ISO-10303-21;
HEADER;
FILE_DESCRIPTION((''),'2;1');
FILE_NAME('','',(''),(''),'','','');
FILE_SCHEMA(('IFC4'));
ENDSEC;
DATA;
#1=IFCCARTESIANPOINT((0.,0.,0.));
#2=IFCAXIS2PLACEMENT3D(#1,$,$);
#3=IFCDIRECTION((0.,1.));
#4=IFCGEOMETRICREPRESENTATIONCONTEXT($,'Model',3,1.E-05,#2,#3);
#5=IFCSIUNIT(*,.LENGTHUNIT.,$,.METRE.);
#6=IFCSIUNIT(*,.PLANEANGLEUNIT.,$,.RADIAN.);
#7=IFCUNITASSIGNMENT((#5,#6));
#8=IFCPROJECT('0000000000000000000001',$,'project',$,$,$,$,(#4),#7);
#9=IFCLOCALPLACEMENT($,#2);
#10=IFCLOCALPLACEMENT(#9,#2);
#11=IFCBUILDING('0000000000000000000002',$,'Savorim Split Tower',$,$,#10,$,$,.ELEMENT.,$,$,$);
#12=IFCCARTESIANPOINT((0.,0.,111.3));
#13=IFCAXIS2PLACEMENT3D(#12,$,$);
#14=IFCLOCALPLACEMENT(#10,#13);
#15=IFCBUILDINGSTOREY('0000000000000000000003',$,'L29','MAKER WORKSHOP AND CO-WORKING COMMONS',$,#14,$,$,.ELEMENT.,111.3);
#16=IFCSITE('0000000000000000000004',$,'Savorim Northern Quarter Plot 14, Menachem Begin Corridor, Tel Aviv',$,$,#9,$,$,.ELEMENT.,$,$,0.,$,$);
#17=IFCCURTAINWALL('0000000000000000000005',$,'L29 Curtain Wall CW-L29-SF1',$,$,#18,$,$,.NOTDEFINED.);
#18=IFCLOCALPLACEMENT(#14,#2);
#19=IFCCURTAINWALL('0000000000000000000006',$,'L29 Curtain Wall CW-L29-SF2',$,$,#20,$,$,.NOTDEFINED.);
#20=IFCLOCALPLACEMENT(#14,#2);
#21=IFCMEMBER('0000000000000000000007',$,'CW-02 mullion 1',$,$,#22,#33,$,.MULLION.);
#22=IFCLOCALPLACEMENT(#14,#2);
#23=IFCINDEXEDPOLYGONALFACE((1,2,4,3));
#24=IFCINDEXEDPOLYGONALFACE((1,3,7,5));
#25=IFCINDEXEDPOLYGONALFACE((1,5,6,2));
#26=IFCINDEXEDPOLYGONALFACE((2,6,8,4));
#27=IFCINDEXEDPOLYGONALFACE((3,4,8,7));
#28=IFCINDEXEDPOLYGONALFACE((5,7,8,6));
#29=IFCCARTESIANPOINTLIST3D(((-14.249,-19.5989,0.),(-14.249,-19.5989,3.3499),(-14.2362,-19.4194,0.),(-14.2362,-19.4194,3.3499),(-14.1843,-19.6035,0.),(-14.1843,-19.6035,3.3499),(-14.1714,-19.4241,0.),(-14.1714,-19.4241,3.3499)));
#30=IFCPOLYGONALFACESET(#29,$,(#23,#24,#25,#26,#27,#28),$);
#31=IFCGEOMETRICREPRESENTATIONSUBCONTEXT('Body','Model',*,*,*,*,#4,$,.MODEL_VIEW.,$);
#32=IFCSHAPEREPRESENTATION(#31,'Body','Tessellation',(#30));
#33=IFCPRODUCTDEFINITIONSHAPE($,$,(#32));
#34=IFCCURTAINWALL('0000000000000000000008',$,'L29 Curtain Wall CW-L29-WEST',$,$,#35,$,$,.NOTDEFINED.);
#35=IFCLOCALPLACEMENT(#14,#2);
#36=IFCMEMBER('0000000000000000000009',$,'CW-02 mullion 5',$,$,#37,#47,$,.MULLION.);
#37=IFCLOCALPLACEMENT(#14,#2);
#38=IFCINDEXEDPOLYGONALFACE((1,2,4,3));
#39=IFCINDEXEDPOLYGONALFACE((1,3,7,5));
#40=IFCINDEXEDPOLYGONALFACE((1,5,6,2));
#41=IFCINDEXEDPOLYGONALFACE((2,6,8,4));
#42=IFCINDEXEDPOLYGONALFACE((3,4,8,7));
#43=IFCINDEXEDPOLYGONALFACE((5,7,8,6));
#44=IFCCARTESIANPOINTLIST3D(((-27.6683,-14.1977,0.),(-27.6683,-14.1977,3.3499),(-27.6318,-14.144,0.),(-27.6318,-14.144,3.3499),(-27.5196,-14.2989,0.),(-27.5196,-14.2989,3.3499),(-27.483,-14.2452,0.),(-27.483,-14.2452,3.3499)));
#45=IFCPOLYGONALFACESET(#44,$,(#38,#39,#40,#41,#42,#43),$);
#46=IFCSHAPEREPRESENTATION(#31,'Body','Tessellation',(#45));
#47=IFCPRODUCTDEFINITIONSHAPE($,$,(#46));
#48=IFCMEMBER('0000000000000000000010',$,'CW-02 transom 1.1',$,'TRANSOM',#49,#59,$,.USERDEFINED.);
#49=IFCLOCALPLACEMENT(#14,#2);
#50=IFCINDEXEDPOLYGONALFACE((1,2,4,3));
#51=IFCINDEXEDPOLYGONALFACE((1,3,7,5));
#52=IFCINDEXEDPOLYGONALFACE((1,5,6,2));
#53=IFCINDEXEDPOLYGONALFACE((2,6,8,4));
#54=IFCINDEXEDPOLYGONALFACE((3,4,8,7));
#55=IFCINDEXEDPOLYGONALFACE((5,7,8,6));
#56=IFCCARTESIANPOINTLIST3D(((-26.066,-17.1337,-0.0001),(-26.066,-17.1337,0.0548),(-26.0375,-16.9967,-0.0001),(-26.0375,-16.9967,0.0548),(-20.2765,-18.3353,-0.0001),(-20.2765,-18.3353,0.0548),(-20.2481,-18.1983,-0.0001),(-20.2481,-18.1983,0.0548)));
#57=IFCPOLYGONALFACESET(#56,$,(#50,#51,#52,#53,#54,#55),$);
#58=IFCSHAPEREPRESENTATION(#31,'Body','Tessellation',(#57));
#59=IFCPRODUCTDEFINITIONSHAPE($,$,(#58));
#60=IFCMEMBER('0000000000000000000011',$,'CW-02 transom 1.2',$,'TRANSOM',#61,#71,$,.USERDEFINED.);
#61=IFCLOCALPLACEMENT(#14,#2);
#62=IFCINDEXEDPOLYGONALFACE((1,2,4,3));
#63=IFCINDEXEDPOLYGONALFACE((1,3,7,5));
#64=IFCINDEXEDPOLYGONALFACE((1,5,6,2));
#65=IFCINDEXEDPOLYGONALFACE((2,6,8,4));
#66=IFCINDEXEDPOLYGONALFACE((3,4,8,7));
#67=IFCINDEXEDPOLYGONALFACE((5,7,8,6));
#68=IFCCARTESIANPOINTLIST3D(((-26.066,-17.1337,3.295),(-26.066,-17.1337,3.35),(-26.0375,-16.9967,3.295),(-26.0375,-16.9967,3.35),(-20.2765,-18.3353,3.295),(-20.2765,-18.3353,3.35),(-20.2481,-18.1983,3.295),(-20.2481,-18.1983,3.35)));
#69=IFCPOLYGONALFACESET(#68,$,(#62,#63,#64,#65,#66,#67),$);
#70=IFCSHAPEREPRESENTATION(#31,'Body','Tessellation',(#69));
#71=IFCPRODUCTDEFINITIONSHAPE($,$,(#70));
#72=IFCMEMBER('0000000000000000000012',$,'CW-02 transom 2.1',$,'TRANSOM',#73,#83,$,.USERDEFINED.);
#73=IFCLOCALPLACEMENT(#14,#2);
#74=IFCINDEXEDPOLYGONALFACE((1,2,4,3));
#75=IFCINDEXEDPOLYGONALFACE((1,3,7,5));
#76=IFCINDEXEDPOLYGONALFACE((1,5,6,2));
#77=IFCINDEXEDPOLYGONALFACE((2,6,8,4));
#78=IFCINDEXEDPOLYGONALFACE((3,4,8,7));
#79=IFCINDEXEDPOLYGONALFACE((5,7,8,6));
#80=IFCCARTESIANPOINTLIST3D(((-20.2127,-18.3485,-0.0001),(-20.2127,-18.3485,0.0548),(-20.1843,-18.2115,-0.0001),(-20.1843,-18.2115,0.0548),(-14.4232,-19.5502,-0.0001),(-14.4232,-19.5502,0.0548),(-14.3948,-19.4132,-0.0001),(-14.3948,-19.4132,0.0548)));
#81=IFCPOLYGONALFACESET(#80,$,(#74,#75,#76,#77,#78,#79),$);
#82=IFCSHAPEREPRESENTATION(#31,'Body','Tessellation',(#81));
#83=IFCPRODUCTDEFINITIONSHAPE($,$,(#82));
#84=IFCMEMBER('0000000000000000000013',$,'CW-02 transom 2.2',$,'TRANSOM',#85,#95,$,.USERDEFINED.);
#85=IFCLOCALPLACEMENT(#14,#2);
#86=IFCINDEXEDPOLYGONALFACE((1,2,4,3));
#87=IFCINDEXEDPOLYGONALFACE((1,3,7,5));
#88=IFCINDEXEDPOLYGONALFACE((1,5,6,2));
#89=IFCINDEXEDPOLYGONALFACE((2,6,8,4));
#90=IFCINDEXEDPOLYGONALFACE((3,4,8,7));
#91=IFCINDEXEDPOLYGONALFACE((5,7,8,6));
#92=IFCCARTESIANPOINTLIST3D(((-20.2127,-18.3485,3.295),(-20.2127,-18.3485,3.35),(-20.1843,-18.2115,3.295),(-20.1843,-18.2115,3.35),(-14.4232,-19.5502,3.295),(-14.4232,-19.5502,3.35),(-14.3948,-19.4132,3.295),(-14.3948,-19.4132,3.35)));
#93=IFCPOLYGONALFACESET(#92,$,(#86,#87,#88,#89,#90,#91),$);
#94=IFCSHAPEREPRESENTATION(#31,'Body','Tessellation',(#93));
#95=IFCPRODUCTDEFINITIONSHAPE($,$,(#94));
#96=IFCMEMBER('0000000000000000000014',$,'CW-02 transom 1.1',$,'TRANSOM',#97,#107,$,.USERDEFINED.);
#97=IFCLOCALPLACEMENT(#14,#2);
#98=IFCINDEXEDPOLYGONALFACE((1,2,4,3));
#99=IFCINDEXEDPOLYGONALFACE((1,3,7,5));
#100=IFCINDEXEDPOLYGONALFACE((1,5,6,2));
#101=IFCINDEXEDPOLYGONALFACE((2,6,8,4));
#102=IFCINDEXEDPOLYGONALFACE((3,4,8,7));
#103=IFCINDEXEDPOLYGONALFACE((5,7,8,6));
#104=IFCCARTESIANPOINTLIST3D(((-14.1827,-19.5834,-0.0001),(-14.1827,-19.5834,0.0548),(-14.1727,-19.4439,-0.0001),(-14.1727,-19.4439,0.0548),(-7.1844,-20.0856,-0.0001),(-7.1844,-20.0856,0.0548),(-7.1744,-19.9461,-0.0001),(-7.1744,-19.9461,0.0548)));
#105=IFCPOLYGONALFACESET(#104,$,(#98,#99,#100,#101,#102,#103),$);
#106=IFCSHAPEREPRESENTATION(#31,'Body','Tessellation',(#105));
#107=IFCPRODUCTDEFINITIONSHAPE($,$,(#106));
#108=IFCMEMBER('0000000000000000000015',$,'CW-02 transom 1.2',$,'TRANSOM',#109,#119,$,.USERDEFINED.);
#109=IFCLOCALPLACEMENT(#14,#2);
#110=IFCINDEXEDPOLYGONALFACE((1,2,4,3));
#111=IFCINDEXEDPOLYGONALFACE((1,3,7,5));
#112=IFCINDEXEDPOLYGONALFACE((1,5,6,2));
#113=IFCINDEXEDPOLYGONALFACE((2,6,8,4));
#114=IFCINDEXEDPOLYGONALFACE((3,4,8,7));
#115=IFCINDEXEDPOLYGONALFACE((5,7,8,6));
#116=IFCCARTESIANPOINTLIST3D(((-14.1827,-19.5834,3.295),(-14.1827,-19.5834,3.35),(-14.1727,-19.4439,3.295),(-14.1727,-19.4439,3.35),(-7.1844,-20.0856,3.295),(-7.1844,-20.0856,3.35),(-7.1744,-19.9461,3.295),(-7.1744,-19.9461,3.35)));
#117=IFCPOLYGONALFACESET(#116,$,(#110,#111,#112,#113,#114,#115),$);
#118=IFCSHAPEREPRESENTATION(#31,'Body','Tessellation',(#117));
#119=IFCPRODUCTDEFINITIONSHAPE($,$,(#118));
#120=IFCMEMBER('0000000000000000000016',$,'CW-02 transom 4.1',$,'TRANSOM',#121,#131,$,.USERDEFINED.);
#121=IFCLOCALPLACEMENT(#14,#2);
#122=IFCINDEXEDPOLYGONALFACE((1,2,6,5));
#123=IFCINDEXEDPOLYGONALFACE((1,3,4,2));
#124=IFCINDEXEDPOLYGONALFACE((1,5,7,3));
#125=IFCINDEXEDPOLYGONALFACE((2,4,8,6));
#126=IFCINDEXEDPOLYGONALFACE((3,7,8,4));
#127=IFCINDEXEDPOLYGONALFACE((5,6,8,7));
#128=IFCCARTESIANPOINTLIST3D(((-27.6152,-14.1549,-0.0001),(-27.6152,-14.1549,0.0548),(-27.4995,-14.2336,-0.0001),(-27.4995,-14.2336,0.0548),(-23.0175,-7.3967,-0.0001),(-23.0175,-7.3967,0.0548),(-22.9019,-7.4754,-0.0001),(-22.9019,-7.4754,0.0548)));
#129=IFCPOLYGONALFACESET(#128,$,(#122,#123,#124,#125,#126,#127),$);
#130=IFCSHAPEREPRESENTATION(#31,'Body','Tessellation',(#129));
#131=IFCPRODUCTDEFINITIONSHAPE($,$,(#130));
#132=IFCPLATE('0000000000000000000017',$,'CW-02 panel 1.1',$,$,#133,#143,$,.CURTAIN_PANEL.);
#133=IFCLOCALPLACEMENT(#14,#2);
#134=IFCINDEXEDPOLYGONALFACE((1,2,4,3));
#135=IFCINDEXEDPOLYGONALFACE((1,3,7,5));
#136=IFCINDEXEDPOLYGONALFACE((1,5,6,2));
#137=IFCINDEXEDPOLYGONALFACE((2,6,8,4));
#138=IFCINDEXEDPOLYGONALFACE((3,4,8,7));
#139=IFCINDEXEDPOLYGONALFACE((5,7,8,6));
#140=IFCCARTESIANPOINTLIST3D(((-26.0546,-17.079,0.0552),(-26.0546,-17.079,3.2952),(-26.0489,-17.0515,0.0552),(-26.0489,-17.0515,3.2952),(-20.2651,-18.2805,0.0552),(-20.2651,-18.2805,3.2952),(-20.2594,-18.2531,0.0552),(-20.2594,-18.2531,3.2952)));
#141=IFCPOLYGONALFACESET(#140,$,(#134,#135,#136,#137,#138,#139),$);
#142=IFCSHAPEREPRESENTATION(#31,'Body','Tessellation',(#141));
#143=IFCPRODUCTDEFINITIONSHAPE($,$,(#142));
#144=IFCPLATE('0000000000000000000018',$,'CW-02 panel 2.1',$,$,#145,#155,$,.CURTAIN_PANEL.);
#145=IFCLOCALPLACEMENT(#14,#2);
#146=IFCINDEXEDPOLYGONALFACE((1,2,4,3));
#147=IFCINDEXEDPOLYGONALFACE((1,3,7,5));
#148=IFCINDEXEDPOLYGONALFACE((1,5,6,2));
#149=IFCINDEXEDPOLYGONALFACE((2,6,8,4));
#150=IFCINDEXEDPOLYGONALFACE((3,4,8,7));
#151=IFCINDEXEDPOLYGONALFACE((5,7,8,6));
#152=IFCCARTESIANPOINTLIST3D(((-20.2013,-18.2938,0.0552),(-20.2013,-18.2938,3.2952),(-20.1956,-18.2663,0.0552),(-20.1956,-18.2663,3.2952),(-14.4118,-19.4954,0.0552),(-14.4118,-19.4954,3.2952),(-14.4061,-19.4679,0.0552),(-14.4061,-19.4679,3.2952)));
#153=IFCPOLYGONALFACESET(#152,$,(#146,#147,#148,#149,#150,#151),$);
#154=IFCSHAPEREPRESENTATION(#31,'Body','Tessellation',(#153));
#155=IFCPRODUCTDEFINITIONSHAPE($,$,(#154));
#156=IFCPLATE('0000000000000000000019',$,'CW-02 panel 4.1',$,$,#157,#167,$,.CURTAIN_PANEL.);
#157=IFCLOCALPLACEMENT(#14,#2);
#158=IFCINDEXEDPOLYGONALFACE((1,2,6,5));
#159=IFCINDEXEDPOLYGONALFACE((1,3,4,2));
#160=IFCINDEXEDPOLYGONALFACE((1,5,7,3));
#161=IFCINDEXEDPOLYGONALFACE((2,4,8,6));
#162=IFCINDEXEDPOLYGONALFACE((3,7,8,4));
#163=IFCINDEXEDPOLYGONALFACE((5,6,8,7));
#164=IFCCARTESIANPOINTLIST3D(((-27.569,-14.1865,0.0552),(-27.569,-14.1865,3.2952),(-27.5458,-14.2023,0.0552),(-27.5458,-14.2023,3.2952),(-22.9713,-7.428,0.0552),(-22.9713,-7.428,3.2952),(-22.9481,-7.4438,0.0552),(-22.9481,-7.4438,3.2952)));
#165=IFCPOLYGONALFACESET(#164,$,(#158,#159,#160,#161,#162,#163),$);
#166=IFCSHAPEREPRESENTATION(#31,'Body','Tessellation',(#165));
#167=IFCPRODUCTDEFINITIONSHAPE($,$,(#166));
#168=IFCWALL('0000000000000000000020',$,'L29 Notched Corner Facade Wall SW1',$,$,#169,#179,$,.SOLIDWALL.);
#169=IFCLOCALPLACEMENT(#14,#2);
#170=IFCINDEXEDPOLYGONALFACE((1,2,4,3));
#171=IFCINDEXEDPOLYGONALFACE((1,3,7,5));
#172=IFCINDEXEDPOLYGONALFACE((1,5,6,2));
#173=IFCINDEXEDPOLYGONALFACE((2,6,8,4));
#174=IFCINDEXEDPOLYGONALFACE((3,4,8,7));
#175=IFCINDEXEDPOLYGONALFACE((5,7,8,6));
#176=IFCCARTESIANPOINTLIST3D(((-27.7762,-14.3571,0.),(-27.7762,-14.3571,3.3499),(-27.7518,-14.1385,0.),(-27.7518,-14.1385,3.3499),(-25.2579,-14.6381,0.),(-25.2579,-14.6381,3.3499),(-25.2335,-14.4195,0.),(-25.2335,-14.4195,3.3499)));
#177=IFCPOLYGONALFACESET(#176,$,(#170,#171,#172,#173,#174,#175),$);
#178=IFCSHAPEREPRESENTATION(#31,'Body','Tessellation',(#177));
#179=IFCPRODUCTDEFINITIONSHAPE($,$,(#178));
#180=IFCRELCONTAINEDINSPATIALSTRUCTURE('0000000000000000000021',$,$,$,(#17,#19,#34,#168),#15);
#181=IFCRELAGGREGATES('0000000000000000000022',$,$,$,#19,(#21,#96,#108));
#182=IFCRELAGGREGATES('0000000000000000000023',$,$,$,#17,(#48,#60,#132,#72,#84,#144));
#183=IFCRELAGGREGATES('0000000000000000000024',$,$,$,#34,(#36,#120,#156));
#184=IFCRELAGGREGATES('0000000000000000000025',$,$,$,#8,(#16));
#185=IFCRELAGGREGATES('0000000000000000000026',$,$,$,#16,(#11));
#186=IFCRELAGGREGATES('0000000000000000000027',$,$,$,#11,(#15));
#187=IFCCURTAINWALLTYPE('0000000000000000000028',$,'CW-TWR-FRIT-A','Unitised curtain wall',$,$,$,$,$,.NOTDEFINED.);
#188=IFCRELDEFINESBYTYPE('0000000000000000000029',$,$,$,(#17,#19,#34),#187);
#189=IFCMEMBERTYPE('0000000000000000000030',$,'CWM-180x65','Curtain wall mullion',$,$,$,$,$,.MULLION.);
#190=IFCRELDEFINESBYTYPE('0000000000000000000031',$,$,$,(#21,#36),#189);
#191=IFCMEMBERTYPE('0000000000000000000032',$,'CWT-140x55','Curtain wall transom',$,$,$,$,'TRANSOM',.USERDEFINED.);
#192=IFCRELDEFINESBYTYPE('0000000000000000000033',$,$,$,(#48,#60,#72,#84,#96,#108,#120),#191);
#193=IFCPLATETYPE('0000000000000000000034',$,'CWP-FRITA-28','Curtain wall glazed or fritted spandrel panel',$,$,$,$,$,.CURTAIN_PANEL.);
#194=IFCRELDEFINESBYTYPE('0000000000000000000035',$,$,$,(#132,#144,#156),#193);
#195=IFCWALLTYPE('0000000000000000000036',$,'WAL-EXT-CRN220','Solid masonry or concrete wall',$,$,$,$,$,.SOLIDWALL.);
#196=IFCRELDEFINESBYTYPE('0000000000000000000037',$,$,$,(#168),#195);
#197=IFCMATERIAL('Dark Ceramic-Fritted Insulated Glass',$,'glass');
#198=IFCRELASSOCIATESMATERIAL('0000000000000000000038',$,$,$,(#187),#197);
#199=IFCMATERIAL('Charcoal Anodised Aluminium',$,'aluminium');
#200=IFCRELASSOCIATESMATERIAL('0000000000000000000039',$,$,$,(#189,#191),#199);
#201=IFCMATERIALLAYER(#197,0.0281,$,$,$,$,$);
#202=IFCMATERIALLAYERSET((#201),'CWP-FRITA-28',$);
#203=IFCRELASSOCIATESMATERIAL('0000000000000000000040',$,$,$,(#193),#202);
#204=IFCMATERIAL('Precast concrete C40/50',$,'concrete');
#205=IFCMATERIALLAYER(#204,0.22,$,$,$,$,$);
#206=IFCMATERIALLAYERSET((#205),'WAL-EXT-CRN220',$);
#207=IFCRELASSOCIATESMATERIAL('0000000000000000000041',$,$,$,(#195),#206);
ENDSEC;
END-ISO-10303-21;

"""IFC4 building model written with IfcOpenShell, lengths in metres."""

from ifc_helpers import new_model, si_unit, direction, frame, frame_2d, origin, origin_2d, place, context, subcontext, project, spatial, rectangle, extrude, material, layer, layer_set, material_profile, profile_set, type_object, element, aggregate, save


model = new_model("IFC4")

# Units and contexts
model_context = context("Model", 3, precision=1e-05, world=origin(), true_north=direction((0.0, 1.0)))
body_context = subcontext(model_context, "Body", "Model", "MODEL_VIEW")
ifc_project = project(units=[si_unit("LENGTHUNIT", "METRE"), si_unit("PLANEANGLEUNIT", "RADIAN")], contexts=[model_context])

# Site, building, storey
site_placement = place(None, origin())
site = spatial("IfcSite", under=ifc_project, at=site_placement, Name="Savorim Northern Quarter Plot 14, Menachem Begin Corridor, Tel Aviv", CompositionType="ELEMENT", RefElevation=0.0)
building_placement = place(site_placement, origin())
building = spatial("IfcBuilding", under=site, at=building_placement, Name="Savorim Split Tower", CompositionType="ELEMENT")
storey_placement = place(building_placement, frame((0.0, 0.0, 111.3)))
storey = spatial("IfcBuildingStorey", under=building, at=storey_placement, Name="L29", Description="MAKER WORKSHOP AND CO-WORKING COMMONS", CompositionType="ELEMENT", Elevation=111.3)

# Curtain wall
ifc_material_1 = material(Name="Dark Ceramic-Fritted Insulated Glass", Category="glass")
curtain_wall_type = type_object("IfcCurtainWallType", Name="CW-TWR-FRIT-A", Description="Unitised curtain wall", PredefinedType="NOTDEFINED", material=ifc_material_1)
curtain_wall_1_placement = place(storey_placement, origin())
curtain_wall_1 = element("IfcCurtainWall", 1, at=curtain_wall_1_placement, inside=storey, type_object=curtain_wall_type, Name="L29 Curtain Wall CW-L29-SF1", PredefinedType="NOTDEFINED")
ifc_material_2 = material(Name="Charcoal Anodised Aluminium", Category="aluminium")
ifc_material_profile_1 = material_profile(ifc_material_2, rectangle(XDim=0.1799, YDim=0.0649, at=origin_2d()), Name="ALU-M 180x65")
ifc_profile_set_1 = profile_set([ifc_material_profile_1], Name="Charcoal Anodised Aluminium")
member_type_1 = type_object("IfcMemberType", Name="CWM-180x65", Description="Curtain wall mullion", PredefinedType="MULLION", material=ifc_profile_set_1)

# Curtain walls, members
curtain_wall_2_placement = place(storey_placement, origin())
curtain_wall_2 = element("IfcCurtainWall", 2, at=curtain_wall_2_placement, inside=storey, type_object=curtain_wall_type, Name="L29 Curtain Wall CW-L29-SF2", PredefinedType="NOTDEFINED")
member_1_placement = place(storey_placement, frame((-14.2102, -19.5115, 0.0), z_axis=(0.0, 0.0, 1.0), x_axis=(0.071557, 0.997436, 0.0)))
member_1 = element("IfcMember", 3, at=member_1_placement, type_object=member_type_1, Name="CW-02 mullion 1", PredefinedType="MULLION", context=body_context, shape_type="SweptSolid", body=[
    extrude(rectangle(XDim=0.1799, YDim=0.0649, at=origin_2d()), origin(), (0.0, 0.0, 1.0), 3.3499),
])
curtain_wall_3_placement = place(storey_placement, origin())
curtain_wall_3 = element("IfcCurtainWall", 4, at=curtain_wall_3_placement, inside=storey, type_object=curtain_wall_type, Name="L29 Curtain Wall CW-L29-WEST", PredefinedType="NOTDEFINED")
member_2_placement = place(storey_placement, frame((-27.5757, -14.2214, 0.0), z_axis=(0.0, 0.0, 1.0), x_axis=(0.82682, -0.562467, 0.0)))
member_2 = element("IfcMember", 5, at=member_2_placement, type_object=member_type_1, Name="CW-02 mullion 5", PredefinedType="MULLION", context=body_context, shape_type="SweptSolid", body=[
    extrude(rectangle(XDim=0.1799, YDim=0.0649, at=origin_2d()), origin(), (0.0, 0.0, 1.0), 3.3499),
])

# Members
ifc_material_profile_2 = material_profile(ifc_material_2, rectangle(XDim=0.1399, YDim=0.0549, at=origin_2d()), Name="ALU-T 140x55")
ifc_profile_set_2 = profile_set([ifc_material_profile_2], Name="Charcoal Anodised Aluminium")
member_type_2 = type_object("IfcMemberType", Name="CWT-140x55", Description="Curtain wall transom", ElementType="TRANSOM", PredefinedType="USERDEFINED", material=ifc_profile_set_2)
member_3_placement = place(storey_placement, frame((-26.0518, -17.0652, 0.0273), z_axis=(0.979132, -0.203225, 0.0), x_axis=(0.203225, 0.979132, 0.0)))
member_3 = element("IfcMember", 6, at=member_3_placement, type_object=member_type_2, Name="CW-02 transom 1.1", ObjectType="TRANSOM", PredefinedType="USERDEFINED", context=body_context, shape_type="SweptSolid", body=[
    extrude(rectangle(XDim=0.1399, YDim=0.0549, at=origin_2d()), origin(), (0.0, 0.0, 1.0), 5.9128),
])
member_4_placement = place(storey_placement, frame((-26.0518, -17.0652, 3.3225), z_axis=(0.979132, -0.203225, 0.0), x_axis=(0.203225, 0.979132, 0.0)))
member_4 = element("IfcMember", 7, at=member_4_placement, type_object=member_type_2, Name="CW-02 transom 1.2", ObjectType="TRANSOM", PredefinedType="USERDEFINED", context=body_context, shape_type="SweptSolid", body=[
    extrude(rectangle(XDim=0.1399, YDim=0.0549, at=origin_2d()), origin(), (0.0, 0.0, 1.0), 5.9128),
])
member_5_placement = place(storey_placement, frame((-20.1985, -18.28, 0.0273), z_axis=(0.979132, -0.203225, 0.0), x_axis=(0.203225, 0.979132, 0.0)))
member_5 = element("IfcMember", 8, at=member_5_placement, type_object=member_type_2, Name="CW-02 transom 2.1", ObjectType="TRANSOM", PredefinedType="USERDEFINED", context=body_context, shape_type="SweptSolid", body=[
    extrude(rectangle(XDim=0.1399, YDim=0.0549, at=origin_2d()), origin(), (0.0, 0.0, 1.0), 5.9128),
])
member_6_placement = place(storey_placement, frame((-20.1985, -18.28, 3.3225), z_axis=(0.979132, -0.203225, 0.0), x_axis=(0.203225, 0.979132, 0.0)))
member_6 = element("IfcMember", 9, at=member_6_placement, type_object=member_type_2, Name="CW-02 transom 2.2", ObjectType="TRANSOM", PredefinedType="USERDEFINED", context=body_context, shape_type="SweptSolid", body=[
    extrude(rectangle(XDim=0.1399, YDim=0.0549, at=origin_2d()), origin(), (0.0, 0.0, 1.0), 5.9128),
])
member_7_placement = place(storey_placement, frame((-14.1777, -19.5137, 0.0273), z_axis=(0.997435, -0.071576, 0.0), x_axis=(0.071576, 0.997435, 0.0)))
member_7 = element("IfcMember", 10, at=member_7_placement, type_object=member_type_2, Name="CW-02 transom 1.1", ObjectType="TRANSOM", PredefinedType="USERDEFINED", context=body_context, shape_type="SweptSolid", body=[
    extrude(rectangle(XDim=0.1399, YDim=0.0549, at=origin_2d()), origin(), (0.0, 0.0, 1.0), 7.0164),
])
member_8_placement = place(storey_placement, frame((-14.1777, -19.5137, 3.3225), z_axis=(0.997435, -0.071576, 0.0), x_axis=(0.071576, 0.997435, 0.0)))
member_8 = element("IfcMember", 11, at=member_8_placement, type_object=member_type_2, Name="CW-02 transom 1.2", ObjectType="TRANSOM", PredefinedType="USERDEFINED", context=body_context, shape_type="SweptSolid", body=[
    extrude(rectangle(XDim=0.1399, YDim=0.0549, at=origin_2d()), origin(), (0.0, 0.0, 1.0), 7.0164),
])
aggregate(curtain_wall_2, [member_1, member_7, member_8])
member_9_placement = place(storey_placement, frame((-22.9597, -7.436, 0.0273), z_axis=(-0.562478, -0.826812, 0.0), x_axis=(0.826812, -0.562478, 0.0)))
member_9 = element("IfcMember", 12, at=member_9_placement, type_object=member_type_2, Name="CW-02 transom 4.1", ObjectType="TRANSOM", PredefinedType="USERDEFINED", context=body_context, shape_type="SweptSolid", body=[
    extrude(rectangle(XDim=0.1399, YDim=0.0549, at=origin_2d()), origin(), (0.0, 0.0, 1.0), 8.1738),
])

# Plates
ifc_layer_1 = layer(ifc_material_1, 0.0281)
ifc_layer_set_1 = layer_set([ifc_layer_1], Name="CWP-FRITA-28")
plate_type = type_object("IfcPlateType", Name="CWP-FRITA-28", Description="Curtain wall glazed or fritted spandrel panel", PredefinedType="CURTAIN_PANEL", material=ifc_layer_set_1)
plate_1_placement = place(storey_placement, frame((-23.157, -17.666, 0.0552), z_axis=(0.0, 0.0, 1.0), x_axis=(0.979134, -0.203214, 0.0)))
plate_1 = element("IfcPlate", 13, at=plate_1_placement, type_object=plate_type, Name="CW-02 panel 1.1", PredefinedType="CURTAIN_PANEL", context=body_context, shape_type="SweptSolid", body=[
    extrude(rectangle(XDim=5.9128, YDim=0.0281, at=origin_2d()), origin(), (0.0, 0.0, 1.0), 3.24),
])
plate_2_placement = place(storey_placement, frame((-17.3037, -18.8809, 0.0552), z_axis=(0.0, 0.0, 1.0), x_axis=(0.979134, -0.203214, 0.0)))
plate_2 = element("IfcPlate", 14, at=plate_2_placement, type_object=plate_type, Name="CW-02 panel 2.1", PredefinedType="CURTAIN_PANEL", context=body_context, shape_type="SweptSolid", body=[
    extrude(rectangle(XDim=5.9128, YDim=0.0281, at=origin_2d()), origin(), (0.0, 0.0, 1.0), 3.24),
])
aggregate(curtain_wall_1, [member_3, member_4, plate_1, member_5, member_6, plate_2])
plate_3_placement = place(storey_placement, frame((-25.2585, -10.8152, 0.0552), z_axis=(0.0, 0.0, 1.0), x_axis=(-0.562467, -0.82682, 0.0)))
plate_3 = element("IfcPlate", 15, at=plate_3_placement, type_object=plate_type, Name="CW-02 panel 4.1", PredefinedType="CURTAIN_PANEL", context=body_context, shape_type="SweptSolid", body=[
    extrude(rectangle(XDim=8.1741, YDim=0.0281, at=origin_2d()), origin(), (0.0, 0.0, 1.0), 3.24),
])
aggregate(curtain_wall_3, [member_2, member_9, plate_3])

# Wall
ifc_material_3 = material(Name="Precast concrete C40/50", Category="concrete")
ifc_layer_2 = layer(ifc_material_3, 0.22)
ifc_layer_set_2 = layer_set([ifc_layer_2], Name="WAL-EXT-CRN220")
wall_type = type_object("IfcWallType", Name="WAL-EXT-CRN220", Description="Solid masonry or concrete wall", PredefinedType="SOLIDWALL", material=ifc_layer_set_2)
wall_1_placement = place(storey_placement, frame((-25.2456, -14.5288, 0.0), z_axis=(0.0, 0.0, 1.0), x_axis=(-0.993832, 0.110897, 0.0)))
element("IfcWall", 16, at=wall_1_placement, inside=storey, type_object=wall_type, Name="L29 Notched Corner Facade Wall SW1", PredefinedType="SOLIDWALL", context=body_context, shape_type="SweptSolid", body=[
    extrude(rectangle(XDim=2.5339, YDim=0.22, at=frame_2d((1.2671, 0.0))), origin(), (0.0, 0.0, 1.0), 3.3499),
])

save(model, "model.ifc")
